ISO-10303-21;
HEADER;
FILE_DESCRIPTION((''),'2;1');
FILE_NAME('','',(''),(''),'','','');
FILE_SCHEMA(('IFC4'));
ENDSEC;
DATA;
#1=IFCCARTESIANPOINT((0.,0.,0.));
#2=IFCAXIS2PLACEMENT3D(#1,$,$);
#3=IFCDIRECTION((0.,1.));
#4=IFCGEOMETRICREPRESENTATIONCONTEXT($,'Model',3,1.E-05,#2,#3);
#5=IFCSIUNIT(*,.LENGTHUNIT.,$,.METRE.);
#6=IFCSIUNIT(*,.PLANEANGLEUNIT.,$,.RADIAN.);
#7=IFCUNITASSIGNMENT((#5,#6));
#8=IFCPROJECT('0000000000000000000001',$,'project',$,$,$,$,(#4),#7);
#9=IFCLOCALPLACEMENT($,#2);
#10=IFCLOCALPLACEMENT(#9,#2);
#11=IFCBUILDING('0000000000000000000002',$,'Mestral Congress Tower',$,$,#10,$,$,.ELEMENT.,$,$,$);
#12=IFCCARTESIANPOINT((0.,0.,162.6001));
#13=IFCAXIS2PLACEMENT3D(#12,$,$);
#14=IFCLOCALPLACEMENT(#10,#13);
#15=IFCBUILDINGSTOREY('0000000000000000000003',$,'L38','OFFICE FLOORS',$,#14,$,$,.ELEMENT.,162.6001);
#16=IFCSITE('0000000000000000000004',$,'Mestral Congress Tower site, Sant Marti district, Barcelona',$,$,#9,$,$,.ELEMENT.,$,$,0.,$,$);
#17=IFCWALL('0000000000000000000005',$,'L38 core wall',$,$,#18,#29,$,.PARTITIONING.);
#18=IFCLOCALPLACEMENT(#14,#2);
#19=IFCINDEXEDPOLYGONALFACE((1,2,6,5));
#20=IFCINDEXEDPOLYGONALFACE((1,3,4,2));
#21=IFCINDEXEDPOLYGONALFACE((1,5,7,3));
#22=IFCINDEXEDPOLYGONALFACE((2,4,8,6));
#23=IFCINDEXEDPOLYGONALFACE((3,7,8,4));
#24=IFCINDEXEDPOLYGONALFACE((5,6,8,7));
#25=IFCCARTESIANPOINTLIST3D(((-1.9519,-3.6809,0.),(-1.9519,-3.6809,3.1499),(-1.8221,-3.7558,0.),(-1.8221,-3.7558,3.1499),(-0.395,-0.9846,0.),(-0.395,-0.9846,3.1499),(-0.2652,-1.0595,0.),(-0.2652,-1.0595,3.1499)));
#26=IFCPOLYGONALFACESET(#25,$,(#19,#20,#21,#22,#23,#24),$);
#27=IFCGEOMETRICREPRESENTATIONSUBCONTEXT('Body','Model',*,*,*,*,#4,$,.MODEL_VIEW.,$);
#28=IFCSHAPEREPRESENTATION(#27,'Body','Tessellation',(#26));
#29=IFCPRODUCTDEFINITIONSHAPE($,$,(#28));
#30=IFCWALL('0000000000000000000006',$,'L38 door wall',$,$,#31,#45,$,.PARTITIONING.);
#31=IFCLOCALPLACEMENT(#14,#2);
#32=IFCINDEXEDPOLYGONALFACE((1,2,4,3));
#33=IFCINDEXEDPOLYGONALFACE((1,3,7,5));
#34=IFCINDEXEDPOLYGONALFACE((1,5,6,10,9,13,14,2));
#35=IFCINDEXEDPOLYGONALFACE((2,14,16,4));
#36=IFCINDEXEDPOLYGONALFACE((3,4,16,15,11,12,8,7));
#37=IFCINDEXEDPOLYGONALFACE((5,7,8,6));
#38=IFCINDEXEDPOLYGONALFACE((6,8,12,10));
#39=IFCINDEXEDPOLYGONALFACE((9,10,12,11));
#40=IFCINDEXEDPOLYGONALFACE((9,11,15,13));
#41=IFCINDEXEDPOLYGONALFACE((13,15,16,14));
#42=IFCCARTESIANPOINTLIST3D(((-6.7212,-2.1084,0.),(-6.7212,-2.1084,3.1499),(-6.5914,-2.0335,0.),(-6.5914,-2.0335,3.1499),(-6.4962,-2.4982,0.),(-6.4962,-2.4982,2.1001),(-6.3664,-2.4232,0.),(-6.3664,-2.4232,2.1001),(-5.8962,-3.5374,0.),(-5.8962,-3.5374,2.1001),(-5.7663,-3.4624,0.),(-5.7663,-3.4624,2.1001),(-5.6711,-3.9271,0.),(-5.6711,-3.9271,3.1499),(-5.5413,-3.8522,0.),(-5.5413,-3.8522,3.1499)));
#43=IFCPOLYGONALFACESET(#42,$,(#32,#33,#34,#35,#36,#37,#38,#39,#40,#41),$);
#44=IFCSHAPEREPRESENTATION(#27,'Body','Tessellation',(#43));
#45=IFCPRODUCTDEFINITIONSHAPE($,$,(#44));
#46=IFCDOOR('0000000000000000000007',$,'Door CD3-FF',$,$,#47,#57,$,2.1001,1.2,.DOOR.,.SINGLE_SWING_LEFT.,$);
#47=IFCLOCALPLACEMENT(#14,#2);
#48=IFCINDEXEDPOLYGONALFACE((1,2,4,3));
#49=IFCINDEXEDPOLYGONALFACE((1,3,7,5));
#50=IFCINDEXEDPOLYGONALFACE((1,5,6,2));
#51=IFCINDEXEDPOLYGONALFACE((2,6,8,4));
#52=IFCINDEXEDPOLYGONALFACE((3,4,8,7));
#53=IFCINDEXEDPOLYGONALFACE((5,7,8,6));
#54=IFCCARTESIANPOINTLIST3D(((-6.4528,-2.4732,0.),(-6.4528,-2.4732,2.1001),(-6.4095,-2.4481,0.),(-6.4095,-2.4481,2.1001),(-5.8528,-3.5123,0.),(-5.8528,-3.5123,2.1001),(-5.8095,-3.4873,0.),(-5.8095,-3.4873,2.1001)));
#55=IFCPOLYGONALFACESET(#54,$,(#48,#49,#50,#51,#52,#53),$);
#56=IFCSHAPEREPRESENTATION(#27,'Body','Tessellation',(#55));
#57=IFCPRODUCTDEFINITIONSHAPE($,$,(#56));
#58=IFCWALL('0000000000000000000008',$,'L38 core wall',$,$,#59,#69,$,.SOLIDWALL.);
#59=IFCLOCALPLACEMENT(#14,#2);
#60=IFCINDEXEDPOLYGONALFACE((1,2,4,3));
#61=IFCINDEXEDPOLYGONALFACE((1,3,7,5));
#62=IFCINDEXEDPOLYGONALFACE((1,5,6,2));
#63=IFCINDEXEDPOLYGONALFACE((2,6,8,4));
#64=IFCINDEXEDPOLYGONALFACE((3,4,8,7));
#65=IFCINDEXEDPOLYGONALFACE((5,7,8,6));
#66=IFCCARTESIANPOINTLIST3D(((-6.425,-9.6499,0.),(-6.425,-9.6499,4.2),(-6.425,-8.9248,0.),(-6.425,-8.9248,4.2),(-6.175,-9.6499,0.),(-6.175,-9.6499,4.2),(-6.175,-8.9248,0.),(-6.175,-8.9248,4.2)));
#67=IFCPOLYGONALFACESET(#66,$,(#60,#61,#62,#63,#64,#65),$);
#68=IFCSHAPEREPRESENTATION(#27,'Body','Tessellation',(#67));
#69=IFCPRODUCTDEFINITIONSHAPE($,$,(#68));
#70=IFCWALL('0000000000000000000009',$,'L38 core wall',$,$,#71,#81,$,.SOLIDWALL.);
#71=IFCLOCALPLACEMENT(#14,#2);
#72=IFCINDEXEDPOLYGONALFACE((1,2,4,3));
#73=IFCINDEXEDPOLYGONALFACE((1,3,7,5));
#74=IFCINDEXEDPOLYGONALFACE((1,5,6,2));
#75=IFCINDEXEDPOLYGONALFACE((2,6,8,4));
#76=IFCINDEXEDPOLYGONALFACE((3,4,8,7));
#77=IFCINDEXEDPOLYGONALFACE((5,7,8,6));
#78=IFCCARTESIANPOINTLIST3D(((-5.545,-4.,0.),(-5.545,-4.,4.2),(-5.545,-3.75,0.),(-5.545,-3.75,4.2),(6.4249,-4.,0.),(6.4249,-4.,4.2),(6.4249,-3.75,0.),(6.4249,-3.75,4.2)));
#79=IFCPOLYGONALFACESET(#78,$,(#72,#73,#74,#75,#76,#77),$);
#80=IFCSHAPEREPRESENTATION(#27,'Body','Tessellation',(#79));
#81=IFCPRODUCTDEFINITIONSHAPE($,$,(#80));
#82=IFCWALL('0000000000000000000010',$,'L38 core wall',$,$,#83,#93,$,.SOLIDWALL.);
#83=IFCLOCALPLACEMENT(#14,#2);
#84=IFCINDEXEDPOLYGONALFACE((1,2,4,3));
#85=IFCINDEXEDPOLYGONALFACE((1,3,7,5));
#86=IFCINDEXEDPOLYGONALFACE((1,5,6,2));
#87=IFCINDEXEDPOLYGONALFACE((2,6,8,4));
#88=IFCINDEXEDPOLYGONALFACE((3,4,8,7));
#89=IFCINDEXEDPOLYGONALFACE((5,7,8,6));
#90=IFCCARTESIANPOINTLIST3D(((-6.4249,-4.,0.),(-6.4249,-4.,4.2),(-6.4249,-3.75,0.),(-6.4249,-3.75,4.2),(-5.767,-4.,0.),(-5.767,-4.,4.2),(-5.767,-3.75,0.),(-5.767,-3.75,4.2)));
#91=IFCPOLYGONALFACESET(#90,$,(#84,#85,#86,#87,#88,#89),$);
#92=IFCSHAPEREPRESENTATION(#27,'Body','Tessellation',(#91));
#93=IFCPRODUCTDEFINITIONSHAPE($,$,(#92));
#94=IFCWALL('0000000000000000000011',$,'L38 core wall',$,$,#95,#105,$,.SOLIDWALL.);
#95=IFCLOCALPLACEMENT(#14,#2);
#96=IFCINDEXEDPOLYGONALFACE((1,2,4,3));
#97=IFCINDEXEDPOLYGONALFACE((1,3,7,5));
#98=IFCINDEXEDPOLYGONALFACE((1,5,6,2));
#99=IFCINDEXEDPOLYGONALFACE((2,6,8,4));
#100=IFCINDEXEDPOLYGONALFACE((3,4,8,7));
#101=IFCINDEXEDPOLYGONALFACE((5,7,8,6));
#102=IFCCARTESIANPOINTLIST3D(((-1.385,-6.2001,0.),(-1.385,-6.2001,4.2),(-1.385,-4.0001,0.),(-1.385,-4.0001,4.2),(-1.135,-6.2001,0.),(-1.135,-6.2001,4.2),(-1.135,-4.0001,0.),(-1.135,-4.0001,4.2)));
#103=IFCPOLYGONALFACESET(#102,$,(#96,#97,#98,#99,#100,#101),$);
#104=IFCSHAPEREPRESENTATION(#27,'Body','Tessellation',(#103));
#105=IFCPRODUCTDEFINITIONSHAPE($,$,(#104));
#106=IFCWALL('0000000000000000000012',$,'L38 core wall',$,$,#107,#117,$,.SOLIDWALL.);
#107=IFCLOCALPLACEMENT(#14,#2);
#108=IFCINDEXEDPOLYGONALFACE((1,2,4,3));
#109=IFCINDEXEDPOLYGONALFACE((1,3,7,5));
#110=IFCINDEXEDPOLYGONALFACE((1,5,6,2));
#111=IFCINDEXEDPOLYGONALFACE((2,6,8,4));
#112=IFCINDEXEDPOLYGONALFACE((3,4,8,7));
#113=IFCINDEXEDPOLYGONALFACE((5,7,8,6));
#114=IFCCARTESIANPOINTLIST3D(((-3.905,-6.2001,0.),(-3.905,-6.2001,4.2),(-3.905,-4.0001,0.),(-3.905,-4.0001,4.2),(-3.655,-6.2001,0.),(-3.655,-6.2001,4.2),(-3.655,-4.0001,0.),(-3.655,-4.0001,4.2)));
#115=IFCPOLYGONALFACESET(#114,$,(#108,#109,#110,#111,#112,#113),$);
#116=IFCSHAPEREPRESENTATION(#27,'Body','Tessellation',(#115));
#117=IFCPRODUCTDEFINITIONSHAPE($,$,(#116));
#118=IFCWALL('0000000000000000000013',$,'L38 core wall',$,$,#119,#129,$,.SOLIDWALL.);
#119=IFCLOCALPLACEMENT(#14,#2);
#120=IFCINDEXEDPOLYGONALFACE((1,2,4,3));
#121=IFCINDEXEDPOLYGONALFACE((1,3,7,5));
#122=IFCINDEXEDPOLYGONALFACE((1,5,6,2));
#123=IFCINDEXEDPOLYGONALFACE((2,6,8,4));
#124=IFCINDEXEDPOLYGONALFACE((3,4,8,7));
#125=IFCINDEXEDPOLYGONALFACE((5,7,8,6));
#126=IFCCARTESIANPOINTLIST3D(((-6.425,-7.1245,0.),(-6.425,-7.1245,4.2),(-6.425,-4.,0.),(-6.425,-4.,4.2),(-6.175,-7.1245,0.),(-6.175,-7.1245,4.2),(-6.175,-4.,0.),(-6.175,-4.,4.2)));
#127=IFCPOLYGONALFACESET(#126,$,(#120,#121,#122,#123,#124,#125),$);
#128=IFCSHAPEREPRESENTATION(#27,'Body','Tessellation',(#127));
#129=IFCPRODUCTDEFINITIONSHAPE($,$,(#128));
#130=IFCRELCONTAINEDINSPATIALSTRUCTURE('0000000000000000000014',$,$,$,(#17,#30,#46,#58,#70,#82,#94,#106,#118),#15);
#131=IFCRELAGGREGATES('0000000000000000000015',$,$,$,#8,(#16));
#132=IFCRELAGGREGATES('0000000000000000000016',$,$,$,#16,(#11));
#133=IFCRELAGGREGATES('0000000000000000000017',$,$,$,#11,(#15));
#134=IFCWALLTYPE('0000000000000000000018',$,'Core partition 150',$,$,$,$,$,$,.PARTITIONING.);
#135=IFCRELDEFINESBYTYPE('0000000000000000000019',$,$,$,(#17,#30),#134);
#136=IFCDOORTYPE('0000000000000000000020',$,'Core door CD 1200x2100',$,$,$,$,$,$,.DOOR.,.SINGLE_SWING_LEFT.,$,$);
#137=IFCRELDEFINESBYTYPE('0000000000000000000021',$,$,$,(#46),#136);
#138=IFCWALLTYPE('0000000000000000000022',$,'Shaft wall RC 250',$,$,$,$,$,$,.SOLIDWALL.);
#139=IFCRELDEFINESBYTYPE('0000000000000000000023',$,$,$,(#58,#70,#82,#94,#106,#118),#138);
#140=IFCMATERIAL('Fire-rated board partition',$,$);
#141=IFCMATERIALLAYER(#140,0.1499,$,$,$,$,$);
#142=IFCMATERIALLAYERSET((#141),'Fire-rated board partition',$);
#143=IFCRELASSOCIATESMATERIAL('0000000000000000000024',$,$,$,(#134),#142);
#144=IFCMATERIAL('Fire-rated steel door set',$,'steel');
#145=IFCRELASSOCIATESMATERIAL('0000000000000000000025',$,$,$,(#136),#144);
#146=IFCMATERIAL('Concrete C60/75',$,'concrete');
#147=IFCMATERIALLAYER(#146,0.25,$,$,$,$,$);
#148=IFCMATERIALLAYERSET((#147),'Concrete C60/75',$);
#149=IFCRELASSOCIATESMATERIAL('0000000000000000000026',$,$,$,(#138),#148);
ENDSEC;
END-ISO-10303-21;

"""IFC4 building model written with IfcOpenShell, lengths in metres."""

from ifc_helpers import new_model, si_unit, direction, frame, frame_2d, origin, place, context, subcontext, project, spatial, rectangle, extrude, material, layer, layer_set, type_object, element, fill, save


model = new_model("IFC4")

# Units and contexts
model_context = context("Model", 3, precision=1e-05, world=origin(), true_north=direction((0.0, 1.0)))
body_context = subcontext(model_context, "Body", "Model", "MODEL_VIEW")
ifc_project = project(units=[si_unit("LENGTHUNIT", "METRE"), si_unit("PLANEANGLEUNIT", "RADIAN")], contexts=[model_context])

# Site, building, storey
site_placement = place(None, origin())
site = spatial("IfcSite", under=ifc_project, at=site_placement, Name="Mestral Congress Tower site, Sant Marti district, Barcelona", CompositionType="ELEMENT", RefElevation=0.0)
building_placement = place(site_placement, origin())
building = spatial("IfcBuilding", under=site, at=building_placement, Name="Mestral Congress Tower", CompositionType="ELEMENT")
storey_placement = place(building_placement, frame((0.0, 0.0, 162.6001)))
storey = spatial("IfcBuildingStorey", under=building, at=storey_placement, Name="L38", Description="OFFICE FLOORS", CompositionType="ELEMENT", Elevation=162.6001)

# Wall
ifc_material_1 = material(Name="Fire-rated board partition")
ifc_layer_1 = layer(ifc_material_1, 0.1499)
ifc_layer_set_1 = layer_set([ifc_layer_1], Name="Fire-rated board partition")
wall_type_1 = type_object("IfcWallType", Name="Core partition 150", PredefinedType="PARTITIONING", material=ifc_layer_set_1)
wall_1_placement = place(storey_placement, frame((-1.887, -3.7183, 0.0), z_axis=(0.0, 0.0, 1.0), x_axis=(0.500044, 0.866, 0.0)))
element("IfcWall", 1, at=wall_1_placement, inside=storey, type_object=wall_type_1, Name="L38 core wall", PredefinedType="PARTITIONING", context=body_context, shape_type="SweptSolid", body=[
    extrude(rectangle(XDim=3.1135, YDim=0.1499, at=frame_2d((1.5566, 0.0))), origin(), (0.0, 0.0, 1.0), 3.1499),
])

# Wall, opening, door
wall_2_placement = place(storey_placement, frame((-5.6062, -3.8896, 0.0), z_axis=(0.0, 0.0, 1.0), x_axis=(-0.500028, 0.866009, 0.0)))
wall_2 = element("IfcWall", 2, at=wall_2_placement, inside=storey, type_object=wall_type_1, Name="L38 door wall", PredefinedType="PARTITIONING", context=body_context, shape_type="SweptSolid", body=[
    extrude(rectangle(XDim=2.1001, YDim=0.1499, at=frame_2d((1.05, 0.0))), origin(), (0.0, 0.0, 1.0), 3.1499),
])
opening_1_placement = place(wall_2_placement, frame((0.45, 0.0, 0.0)))
opening_1 = element("IfcOpeningElement", 3, at=opening_1_placement, cuts=wall_2, PredefinedType="OPENING", context=body_context, shape_type="SweptSolid", body=[
    extrude(rectangle(XDim=1.2, YDim=2.1001, at=frame_2d((0.6001, 1.05))), frame((0.0, 0.085, 0.0), z_axis=(0.0, -1.0, 0.0), x_axis=(1.0, 0.0, 0.0)), (0.0, 0.0, 1.0), 0.1699),
])
ifc_material_2 = material(Name="Fire-rated steel door set", Category="steel")
door_type_1 = type_object("IfcDoorType", Name="Core door CD 1200x2100", OperationType="SINGLE_SWING_LEFT", PredefinedType="DOOR", material=ifc_material_2)
door_1_placement = place(opening_1_placement, origin())
door_1 = element("IfcDoor", 4, at=door_1_placement, inside=storey, type_object=door_type_1, Name="Door CD3-FF", OperationType="SINGLE_SWING_LEFT", OverallHeight=2.1001, OverallWidth=1.2, PredefinedType="DOOR", context=body_context, shape_type="SweptSolid", body=[
    extrude(rectangle(XDim=1.2, YDim=2.1001, at=frame_2d((0.6001, 1.05))), frame((0.0, 0.0249, 0.0), z_axis=(0.0, -1.0, 0.0), x_axis=(1.0, 0.0, 0.0)), (0.0, 0.0, 1.0), 0.05),
])
fill(opening_1, door_1)

# Walls
ifc_material_3 = material(Name="Concrete C60/75", Category="concrete")
ifc_layer_2 = layer(ifc_material_3, 0.25)
ifc_layer_set_2 = layer_set([ifc_layer_2], Name="Concrete C60/75")
wall_type_2 = type_object("IfcWallType", Name="Shaft wall RC 250", PredefinedType="SOLIDWALL", material=ifc_layer_set_2)
wall_3_placement = place(storey_placement, frame((-6.3, -8.9248, 0.0), z_axis=(0.0, 0.0, 1.0), x_axis=(0.0, -1.0, 0.0)))
element("IfcWall", 5, at=wall_3_placement, inside=storey, type_object=wall_type_2, Name="L38 core wall", PredefinedType="SOLIDWALL", context=body_context, shape_type="SweptSolid", body=[
    extrude(rectangle(XDim=0.7251, YDim=0.25, at=frame_2d((0.3625, 0.0))), origin(), (0.0, 0.0, 1.0), 4.2),
])
wall_4_placement = place(storey_placement, frame((-5.5449, -3.875, 0.0), z_axis=(0.0, 0.0, 1.0), x_axis=(1.0, 0.0, 0.0)))
element("IfcWall", 6, at=wall_4_placement, inside=storey, type_object=wall_type_2, Name="L38 core wall", PredefinedType="SOLIDWALL", context=body_context, shape_type="SweptSolid", body=[
    extrude(rectangle(XDim=11.97, YDim=0.25, at=frame_2d((5.9849, 0.0))), origin(), (0.0, 0.0, 1.0), 4.2),
])
wall_5_placement = place(storey_placement, frame((-6.425, -3.875, 0.0), z_axis=(0.0, 0.0, 1.0), x_axis=(1.0, 0.0, 0.0)))
element("IfcWall", 7, at=wall_5_placement, inside=storey, type_object=wall_type_2, Name="L38 core wall", PredefinedType="SOLIDWALL", context=body_context, shape_type="SweptSolid", body=[
    extrude(rectangle(XDim=0.658, YDim=0.25, at=frame_2d((0.3291, 0.0))), origin(), (0.0, 0.0, 1.0), 4.2),
])
for number, where, z_axis, x_axis, name in (
    (8, (-1.26, -4.0, 0.0), (0.0, 0.0, 1.0), (0.0, -1.0, 0.0), "L38 core wall"),
    (9, (-3.78, -4.0, 0.0), (0.0, 0.0, 1.0), (0.0, -1.0, 0.0), "L38 core wall"),
):
    element("IfcWall", number, at=place(storey_placement, frame(where, z_axis=z_axis, x_axis=x_axis)), inside=storey, type_object=wall_type_2, Name=name, PredefinedType="SOLIDWALL", context=body_context, shape_type="SweptSolid", body=[
        extrude(rectangle(XDim=2.2, YDim=0.25, at=frame_2d((1.1001, 0.0))), origin(), (0.0, 0.0, 1.0), 4.2),
    ])
wall_6_placement = place(storey_placement, frame((-6.3, -7.1245, 0.0), z_axis=(0.0, 0.0, 1.0), x_axis=(0.0, 1.0, 0.0)))
element("IfcWall", 10, at=wall_6_placement, inside=storey, type_object=wall_type_2, Name="L38 core wall", PredefinedType="SOLIDWALL", context=body_context, shape_type="SweptSolid", body=[
    extrude(rectangle(XDim=3.1245, YDim=0.25, at=frame_2d((1.5623, 0.0))), origin(), (0.0, 0.0, 1.0), 4.2),
])

save(model, "model.ifc")
